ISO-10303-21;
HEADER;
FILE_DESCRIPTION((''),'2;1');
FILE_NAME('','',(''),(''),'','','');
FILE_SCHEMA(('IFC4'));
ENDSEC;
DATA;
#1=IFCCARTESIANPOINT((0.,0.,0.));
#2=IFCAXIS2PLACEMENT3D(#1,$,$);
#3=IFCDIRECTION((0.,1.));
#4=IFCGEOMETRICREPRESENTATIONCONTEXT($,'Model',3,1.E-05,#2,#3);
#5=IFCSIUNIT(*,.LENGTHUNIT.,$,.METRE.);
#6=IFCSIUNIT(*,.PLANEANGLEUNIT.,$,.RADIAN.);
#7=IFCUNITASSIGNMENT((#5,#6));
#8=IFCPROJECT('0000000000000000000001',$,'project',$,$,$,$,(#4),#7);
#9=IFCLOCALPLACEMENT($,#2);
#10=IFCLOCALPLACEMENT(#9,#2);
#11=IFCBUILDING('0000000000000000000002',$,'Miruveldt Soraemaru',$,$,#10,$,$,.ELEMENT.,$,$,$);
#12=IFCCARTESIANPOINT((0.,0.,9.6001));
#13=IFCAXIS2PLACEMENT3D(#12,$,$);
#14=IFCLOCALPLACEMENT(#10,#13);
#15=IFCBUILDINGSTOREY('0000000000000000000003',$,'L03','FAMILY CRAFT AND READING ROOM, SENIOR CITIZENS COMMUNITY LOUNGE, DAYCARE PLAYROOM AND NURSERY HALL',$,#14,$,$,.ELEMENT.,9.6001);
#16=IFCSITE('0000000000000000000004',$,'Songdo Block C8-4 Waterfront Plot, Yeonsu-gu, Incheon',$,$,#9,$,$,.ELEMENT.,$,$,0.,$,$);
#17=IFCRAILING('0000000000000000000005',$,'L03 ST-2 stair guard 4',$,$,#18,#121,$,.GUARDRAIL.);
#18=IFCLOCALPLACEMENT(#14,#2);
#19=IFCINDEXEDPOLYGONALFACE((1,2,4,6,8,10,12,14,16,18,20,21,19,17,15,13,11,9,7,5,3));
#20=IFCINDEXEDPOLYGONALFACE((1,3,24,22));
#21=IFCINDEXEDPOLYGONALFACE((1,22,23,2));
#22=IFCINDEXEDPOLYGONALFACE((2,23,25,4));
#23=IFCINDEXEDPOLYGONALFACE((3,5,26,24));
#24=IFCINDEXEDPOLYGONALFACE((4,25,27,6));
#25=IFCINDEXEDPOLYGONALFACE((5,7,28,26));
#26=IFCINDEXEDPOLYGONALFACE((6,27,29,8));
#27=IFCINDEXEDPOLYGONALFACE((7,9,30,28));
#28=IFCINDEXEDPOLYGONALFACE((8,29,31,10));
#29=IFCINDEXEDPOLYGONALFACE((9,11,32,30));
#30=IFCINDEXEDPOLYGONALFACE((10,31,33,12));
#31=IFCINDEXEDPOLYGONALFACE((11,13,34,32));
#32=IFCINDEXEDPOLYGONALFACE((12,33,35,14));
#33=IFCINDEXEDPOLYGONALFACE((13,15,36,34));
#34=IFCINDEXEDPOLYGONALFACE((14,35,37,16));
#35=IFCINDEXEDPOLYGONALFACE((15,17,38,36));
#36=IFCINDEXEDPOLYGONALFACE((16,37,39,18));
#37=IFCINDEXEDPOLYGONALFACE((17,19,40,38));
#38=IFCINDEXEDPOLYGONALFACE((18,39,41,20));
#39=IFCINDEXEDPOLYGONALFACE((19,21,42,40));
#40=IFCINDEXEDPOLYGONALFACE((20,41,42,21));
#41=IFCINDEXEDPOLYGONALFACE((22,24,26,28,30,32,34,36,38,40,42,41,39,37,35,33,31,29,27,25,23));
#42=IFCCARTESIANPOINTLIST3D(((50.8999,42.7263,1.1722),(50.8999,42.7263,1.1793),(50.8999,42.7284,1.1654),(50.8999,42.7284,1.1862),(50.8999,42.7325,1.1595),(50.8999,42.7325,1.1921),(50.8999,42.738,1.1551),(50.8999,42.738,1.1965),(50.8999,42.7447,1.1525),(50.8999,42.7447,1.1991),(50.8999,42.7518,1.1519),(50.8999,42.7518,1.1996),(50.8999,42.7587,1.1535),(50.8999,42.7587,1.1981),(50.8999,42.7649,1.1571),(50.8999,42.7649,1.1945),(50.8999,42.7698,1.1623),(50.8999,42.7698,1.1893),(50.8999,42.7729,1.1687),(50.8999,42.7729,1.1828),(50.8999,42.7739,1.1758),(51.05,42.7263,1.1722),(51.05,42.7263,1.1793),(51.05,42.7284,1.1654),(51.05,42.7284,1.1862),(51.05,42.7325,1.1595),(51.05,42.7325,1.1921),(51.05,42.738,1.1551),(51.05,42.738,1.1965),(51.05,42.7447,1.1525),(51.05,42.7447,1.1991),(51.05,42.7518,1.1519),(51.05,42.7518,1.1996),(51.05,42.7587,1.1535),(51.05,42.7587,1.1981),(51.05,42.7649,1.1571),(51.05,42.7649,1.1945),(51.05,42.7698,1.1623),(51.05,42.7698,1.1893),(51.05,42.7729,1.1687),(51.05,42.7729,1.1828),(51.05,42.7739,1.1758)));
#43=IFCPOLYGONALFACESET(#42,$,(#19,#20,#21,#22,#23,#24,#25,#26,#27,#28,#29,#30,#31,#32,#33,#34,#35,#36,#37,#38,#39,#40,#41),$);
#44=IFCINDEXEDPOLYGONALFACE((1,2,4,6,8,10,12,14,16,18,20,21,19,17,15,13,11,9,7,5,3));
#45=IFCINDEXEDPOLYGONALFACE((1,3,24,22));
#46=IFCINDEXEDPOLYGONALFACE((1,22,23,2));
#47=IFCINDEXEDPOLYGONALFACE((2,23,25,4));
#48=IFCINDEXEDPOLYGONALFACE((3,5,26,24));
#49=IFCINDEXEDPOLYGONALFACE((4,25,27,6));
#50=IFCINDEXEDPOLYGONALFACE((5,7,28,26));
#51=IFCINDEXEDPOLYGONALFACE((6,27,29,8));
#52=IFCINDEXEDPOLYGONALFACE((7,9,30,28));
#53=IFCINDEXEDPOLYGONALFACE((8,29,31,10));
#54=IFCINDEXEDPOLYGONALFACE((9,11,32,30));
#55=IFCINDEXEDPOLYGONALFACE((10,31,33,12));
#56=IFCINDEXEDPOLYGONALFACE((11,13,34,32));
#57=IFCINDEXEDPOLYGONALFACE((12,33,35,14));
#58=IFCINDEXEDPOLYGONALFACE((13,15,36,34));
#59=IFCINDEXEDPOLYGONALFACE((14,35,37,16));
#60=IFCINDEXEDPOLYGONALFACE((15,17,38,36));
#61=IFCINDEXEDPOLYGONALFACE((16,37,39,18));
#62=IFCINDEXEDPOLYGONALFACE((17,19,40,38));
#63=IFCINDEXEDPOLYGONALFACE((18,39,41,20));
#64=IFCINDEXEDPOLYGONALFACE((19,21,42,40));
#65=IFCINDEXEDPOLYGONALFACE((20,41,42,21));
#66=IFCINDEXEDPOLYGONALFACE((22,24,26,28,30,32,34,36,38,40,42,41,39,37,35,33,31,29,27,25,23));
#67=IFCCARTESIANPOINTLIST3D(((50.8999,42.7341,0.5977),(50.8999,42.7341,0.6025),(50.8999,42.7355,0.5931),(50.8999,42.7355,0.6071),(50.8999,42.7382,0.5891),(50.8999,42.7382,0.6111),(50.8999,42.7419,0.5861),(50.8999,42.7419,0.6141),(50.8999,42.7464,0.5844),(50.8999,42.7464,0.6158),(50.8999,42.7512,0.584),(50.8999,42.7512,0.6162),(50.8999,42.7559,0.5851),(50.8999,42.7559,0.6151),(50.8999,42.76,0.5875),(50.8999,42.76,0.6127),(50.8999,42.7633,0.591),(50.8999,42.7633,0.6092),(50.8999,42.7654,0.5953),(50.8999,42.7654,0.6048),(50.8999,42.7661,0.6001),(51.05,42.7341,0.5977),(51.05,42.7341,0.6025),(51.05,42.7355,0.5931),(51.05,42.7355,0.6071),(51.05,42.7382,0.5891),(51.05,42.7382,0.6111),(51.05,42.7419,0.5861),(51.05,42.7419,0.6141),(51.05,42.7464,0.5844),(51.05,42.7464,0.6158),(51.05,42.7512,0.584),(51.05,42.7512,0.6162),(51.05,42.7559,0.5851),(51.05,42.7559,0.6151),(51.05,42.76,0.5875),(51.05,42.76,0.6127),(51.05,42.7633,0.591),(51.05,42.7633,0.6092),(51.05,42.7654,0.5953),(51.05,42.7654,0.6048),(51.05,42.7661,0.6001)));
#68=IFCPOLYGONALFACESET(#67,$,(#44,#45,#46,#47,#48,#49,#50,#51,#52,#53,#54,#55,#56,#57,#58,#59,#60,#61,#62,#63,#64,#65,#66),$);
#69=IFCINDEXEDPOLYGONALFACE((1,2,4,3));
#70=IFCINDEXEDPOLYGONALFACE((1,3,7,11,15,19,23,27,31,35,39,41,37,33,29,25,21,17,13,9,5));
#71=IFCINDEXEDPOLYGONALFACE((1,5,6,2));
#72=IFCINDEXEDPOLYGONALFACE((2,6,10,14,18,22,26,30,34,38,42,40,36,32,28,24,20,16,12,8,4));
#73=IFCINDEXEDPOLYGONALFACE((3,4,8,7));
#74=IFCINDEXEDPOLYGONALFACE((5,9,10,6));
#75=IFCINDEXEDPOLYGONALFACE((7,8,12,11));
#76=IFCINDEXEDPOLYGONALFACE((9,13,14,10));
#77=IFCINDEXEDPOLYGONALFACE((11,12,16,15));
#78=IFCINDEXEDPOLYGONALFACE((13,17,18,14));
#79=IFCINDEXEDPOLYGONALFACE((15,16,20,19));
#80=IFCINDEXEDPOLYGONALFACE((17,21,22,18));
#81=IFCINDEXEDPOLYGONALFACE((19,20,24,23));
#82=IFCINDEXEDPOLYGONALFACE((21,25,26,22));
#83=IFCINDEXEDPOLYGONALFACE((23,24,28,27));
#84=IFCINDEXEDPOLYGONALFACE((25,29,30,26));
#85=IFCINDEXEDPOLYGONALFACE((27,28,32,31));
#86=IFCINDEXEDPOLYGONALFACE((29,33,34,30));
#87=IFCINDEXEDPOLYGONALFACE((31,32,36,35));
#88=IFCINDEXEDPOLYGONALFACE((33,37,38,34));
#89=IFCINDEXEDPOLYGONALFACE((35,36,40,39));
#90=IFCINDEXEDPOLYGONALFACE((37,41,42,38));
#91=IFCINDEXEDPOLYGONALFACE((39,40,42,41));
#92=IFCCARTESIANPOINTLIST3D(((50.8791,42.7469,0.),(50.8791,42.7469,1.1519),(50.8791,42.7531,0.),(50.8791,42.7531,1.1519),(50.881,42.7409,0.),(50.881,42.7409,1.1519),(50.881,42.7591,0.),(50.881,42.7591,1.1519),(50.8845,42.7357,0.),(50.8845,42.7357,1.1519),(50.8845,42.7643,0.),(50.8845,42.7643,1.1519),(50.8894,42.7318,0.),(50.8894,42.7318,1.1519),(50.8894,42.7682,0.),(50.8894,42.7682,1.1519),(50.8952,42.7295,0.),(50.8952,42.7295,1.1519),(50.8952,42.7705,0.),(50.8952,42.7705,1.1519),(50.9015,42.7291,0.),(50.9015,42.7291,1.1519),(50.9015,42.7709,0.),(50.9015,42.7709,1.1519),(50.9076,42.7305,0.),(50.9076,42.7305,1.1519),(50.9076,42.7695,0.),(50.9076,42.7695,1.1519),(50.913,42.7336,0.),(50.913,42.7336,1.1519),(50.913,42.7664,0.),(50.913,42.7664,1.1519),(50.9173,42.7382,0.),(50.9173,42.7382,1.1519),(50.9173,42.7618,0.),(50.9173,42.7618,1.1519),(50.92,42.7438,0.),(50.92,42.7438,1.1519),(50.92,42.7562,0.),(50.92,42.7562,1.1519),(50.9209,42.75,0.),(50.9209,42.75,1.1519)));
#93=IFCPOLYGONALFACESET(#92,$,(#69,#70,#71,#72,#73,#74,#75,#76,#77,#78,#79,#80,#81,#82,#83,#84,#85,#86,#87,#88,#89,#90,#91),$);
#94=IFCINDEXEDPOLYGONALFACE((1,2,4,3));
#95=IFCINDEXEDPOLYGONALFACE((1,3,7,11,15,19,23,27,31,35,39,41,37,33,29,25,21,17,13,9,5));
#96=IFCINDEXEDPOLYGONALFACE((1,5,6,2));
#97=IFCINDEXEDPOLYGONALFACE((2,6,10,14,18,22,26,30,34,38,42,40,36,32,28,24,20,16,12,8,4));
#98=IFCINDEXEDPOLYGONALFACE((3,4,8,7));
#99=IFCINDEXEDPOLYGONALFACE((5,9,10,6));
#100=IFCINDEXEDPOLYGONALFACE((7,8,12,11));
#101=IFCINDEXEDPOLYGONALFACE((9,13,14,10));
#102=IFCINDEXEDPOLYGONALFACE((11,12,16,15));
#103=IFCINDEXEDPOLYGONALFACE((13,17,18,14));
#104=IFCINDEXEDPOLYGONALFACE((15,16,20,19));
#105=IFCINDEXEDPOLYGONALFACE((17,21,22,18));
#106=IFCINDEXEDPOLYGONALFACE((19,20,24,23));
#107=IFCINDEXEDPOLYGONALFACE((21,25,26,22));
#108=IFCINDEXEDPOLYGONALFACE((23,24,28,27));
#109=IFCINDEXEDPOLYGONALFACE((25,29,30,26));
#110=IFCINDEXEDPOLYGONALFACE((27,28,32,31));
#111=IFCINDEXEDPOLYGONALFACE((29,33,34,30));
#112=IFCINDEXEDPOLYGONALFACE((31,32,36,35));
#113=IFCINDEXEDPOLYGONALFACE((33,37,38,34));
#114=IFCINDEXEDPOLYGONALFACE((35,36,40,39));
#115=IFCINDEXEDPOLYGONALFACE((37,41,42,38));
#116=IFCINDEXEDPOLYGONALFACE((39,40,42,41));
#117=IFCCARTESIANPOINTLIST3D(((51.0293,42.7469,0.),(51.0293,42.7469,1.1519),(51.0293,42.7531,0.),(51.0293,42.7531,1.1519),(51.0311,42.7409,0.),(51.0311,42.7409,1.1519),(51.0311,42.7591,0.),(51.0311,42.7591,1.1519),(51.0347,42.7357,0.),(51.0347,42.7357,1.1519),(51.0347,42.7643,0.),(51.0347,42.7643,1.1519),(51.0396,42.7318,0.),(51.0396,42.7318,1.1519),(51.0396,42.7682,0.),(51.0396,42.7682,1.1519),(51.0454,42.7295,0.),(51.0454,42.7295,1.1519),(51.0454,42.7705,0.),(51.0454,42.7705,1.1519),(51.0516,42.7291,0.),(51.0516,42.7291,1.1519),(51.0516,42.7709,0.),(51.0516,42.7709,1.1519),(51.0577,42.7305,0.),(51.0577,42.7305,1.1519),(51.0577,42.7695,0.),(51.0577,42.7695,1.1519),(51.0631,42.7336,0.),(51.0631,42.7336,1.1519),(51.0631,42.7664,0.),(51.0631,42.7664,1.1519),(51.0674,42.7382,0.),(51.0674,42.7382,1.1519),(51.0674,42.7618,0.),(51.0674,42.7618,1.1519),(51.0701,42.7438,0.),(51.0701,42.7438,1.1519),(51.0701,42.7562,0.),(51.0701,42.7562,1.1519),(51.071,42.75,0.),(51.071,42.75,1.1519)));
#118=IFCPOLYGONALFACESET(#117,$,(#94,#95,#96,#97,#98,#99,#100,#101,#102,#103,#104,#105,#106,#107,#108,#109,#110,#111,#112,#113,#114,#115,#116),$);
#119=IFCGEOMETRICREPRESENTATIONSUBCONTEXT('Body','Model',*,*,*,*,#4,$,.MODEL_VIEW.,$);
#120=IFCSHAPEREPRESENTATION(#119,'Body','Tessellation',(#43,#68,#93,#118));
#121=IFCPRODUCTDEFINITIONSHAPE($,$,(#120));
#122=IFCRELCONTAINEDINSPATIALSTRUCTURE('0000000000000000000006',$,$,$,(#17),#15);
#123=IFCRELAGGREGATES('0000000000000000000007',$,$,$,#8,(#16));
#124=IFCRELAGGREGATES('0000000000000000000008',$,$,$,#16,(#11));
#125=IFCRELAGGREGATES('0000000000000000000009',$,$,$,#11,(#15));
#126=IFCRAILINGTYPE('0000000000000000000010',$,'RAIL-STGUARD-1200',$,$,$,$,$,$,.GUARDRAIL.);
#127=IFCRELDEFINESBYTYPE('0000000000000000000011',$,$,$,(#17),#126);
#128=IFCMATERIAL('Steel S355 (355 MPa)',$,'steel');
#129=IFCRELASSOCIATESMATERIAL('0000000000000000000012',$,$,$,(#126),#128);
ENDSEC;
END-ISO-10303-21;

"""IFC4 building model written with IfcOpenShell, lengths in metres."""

from ifc_helpers import new_model, si_unit, direction, frame, origin, origin_2d, place, context, subcontext, project, spatial, circle, extrude, material, type_object, element, save


model = new_model("IFC4")

# Units and contexts
model_context = context("Model", 3, precision=1e-05, world=origin(), true_north=direction((0.0, 1.0)))
body_context = subcontext(model_context, "Body", "Model", "MODEL_VIEW")
ifc_project = project(units=[si_unit("LENGTHUNIT", "METRE"), si_unit("PLANEANGLEUNIT", "RADIAN")], contexts=[model_context])

# Site, building, storey
site_placement = place(None, origin())
site = spatial("IfcSite", under=ifc_project, at=site_placement, Name="Songdo Block C8-4 Waterfront Plot, Yeonsu-gu, Incheon", CompositionType="ELEMENT", RefElevation=0.0)
building_placement = place(site_placement, origin())
building = spatial("IfcBuilding", under=site, at=building_placement, Name="Miruveldt Soraemaru", CompositionType="ELEMENT")
storey_placement = place(building_placement, frame((0.0, 0.0, 9.6001)))
storey = spatial("IfcBuildingStorey", under=building, at=storey_placement, Name="L03", Description="FAMILY CRAFT AND READING ROOM, SENIOR CITIZENS COMMUNITY LOUNGE, DAYCARE PLAYROOM AND NURSERY HALL", CompositionType="ELEMENT", Elevation=9.6001)

# Shared definitions
ifc_material_1 = material(Name="Steel S355 (355 MPa)", Category="steel")

# Railing
railing_type_1 = type_object("IfcRailingType", Name="RAIL-STGUARD-1200", PredefinedType="GUARDRAIL", material=ifc_material_1)
railing_1_placement = place(storey_placement, frame((50.8999, 42.75, 0.0)))
element("IfcRailing", 1, at=railing_1_placement, inside=storey, type_object=railing_type_1, Name="L03 ST-2 stair guard 4", PredefinedType="GUARDRAIL", context=body_context, shape_type="SweptSolid", body=[
    extrude(circle(Radius=0.0239, at=origin_2d()), frame((0.0, 0.0, 1.1758), z_axis=(1.0, 0.0, 0.0), x_axis=(0.0, 1.0, 0.0)), (0.0, 0.0, 1.0), 0.1501),
    extrude(circle(Radius=0.0161, at=origin_2d()), frame((0.0, 0.0, 0.6001), z_axis=(1.0, 0.0, 0.0), x_axis=(0.0, 1.0, 0.0)), (0.0, 0.0, 1.0), 0.1501),
    extrude(circle(Radius=0.021, at=origin_2d()), origin(), (0.0, 0.0, 1.0), 1.1519),
    extrude(circle(Radius=0.021, at=origin_2d()), frame((0.1501, 0.0, 0.0)), (0.0, 0.0, 1.0), 1.1519),
])

save(model, "model.ifc")
